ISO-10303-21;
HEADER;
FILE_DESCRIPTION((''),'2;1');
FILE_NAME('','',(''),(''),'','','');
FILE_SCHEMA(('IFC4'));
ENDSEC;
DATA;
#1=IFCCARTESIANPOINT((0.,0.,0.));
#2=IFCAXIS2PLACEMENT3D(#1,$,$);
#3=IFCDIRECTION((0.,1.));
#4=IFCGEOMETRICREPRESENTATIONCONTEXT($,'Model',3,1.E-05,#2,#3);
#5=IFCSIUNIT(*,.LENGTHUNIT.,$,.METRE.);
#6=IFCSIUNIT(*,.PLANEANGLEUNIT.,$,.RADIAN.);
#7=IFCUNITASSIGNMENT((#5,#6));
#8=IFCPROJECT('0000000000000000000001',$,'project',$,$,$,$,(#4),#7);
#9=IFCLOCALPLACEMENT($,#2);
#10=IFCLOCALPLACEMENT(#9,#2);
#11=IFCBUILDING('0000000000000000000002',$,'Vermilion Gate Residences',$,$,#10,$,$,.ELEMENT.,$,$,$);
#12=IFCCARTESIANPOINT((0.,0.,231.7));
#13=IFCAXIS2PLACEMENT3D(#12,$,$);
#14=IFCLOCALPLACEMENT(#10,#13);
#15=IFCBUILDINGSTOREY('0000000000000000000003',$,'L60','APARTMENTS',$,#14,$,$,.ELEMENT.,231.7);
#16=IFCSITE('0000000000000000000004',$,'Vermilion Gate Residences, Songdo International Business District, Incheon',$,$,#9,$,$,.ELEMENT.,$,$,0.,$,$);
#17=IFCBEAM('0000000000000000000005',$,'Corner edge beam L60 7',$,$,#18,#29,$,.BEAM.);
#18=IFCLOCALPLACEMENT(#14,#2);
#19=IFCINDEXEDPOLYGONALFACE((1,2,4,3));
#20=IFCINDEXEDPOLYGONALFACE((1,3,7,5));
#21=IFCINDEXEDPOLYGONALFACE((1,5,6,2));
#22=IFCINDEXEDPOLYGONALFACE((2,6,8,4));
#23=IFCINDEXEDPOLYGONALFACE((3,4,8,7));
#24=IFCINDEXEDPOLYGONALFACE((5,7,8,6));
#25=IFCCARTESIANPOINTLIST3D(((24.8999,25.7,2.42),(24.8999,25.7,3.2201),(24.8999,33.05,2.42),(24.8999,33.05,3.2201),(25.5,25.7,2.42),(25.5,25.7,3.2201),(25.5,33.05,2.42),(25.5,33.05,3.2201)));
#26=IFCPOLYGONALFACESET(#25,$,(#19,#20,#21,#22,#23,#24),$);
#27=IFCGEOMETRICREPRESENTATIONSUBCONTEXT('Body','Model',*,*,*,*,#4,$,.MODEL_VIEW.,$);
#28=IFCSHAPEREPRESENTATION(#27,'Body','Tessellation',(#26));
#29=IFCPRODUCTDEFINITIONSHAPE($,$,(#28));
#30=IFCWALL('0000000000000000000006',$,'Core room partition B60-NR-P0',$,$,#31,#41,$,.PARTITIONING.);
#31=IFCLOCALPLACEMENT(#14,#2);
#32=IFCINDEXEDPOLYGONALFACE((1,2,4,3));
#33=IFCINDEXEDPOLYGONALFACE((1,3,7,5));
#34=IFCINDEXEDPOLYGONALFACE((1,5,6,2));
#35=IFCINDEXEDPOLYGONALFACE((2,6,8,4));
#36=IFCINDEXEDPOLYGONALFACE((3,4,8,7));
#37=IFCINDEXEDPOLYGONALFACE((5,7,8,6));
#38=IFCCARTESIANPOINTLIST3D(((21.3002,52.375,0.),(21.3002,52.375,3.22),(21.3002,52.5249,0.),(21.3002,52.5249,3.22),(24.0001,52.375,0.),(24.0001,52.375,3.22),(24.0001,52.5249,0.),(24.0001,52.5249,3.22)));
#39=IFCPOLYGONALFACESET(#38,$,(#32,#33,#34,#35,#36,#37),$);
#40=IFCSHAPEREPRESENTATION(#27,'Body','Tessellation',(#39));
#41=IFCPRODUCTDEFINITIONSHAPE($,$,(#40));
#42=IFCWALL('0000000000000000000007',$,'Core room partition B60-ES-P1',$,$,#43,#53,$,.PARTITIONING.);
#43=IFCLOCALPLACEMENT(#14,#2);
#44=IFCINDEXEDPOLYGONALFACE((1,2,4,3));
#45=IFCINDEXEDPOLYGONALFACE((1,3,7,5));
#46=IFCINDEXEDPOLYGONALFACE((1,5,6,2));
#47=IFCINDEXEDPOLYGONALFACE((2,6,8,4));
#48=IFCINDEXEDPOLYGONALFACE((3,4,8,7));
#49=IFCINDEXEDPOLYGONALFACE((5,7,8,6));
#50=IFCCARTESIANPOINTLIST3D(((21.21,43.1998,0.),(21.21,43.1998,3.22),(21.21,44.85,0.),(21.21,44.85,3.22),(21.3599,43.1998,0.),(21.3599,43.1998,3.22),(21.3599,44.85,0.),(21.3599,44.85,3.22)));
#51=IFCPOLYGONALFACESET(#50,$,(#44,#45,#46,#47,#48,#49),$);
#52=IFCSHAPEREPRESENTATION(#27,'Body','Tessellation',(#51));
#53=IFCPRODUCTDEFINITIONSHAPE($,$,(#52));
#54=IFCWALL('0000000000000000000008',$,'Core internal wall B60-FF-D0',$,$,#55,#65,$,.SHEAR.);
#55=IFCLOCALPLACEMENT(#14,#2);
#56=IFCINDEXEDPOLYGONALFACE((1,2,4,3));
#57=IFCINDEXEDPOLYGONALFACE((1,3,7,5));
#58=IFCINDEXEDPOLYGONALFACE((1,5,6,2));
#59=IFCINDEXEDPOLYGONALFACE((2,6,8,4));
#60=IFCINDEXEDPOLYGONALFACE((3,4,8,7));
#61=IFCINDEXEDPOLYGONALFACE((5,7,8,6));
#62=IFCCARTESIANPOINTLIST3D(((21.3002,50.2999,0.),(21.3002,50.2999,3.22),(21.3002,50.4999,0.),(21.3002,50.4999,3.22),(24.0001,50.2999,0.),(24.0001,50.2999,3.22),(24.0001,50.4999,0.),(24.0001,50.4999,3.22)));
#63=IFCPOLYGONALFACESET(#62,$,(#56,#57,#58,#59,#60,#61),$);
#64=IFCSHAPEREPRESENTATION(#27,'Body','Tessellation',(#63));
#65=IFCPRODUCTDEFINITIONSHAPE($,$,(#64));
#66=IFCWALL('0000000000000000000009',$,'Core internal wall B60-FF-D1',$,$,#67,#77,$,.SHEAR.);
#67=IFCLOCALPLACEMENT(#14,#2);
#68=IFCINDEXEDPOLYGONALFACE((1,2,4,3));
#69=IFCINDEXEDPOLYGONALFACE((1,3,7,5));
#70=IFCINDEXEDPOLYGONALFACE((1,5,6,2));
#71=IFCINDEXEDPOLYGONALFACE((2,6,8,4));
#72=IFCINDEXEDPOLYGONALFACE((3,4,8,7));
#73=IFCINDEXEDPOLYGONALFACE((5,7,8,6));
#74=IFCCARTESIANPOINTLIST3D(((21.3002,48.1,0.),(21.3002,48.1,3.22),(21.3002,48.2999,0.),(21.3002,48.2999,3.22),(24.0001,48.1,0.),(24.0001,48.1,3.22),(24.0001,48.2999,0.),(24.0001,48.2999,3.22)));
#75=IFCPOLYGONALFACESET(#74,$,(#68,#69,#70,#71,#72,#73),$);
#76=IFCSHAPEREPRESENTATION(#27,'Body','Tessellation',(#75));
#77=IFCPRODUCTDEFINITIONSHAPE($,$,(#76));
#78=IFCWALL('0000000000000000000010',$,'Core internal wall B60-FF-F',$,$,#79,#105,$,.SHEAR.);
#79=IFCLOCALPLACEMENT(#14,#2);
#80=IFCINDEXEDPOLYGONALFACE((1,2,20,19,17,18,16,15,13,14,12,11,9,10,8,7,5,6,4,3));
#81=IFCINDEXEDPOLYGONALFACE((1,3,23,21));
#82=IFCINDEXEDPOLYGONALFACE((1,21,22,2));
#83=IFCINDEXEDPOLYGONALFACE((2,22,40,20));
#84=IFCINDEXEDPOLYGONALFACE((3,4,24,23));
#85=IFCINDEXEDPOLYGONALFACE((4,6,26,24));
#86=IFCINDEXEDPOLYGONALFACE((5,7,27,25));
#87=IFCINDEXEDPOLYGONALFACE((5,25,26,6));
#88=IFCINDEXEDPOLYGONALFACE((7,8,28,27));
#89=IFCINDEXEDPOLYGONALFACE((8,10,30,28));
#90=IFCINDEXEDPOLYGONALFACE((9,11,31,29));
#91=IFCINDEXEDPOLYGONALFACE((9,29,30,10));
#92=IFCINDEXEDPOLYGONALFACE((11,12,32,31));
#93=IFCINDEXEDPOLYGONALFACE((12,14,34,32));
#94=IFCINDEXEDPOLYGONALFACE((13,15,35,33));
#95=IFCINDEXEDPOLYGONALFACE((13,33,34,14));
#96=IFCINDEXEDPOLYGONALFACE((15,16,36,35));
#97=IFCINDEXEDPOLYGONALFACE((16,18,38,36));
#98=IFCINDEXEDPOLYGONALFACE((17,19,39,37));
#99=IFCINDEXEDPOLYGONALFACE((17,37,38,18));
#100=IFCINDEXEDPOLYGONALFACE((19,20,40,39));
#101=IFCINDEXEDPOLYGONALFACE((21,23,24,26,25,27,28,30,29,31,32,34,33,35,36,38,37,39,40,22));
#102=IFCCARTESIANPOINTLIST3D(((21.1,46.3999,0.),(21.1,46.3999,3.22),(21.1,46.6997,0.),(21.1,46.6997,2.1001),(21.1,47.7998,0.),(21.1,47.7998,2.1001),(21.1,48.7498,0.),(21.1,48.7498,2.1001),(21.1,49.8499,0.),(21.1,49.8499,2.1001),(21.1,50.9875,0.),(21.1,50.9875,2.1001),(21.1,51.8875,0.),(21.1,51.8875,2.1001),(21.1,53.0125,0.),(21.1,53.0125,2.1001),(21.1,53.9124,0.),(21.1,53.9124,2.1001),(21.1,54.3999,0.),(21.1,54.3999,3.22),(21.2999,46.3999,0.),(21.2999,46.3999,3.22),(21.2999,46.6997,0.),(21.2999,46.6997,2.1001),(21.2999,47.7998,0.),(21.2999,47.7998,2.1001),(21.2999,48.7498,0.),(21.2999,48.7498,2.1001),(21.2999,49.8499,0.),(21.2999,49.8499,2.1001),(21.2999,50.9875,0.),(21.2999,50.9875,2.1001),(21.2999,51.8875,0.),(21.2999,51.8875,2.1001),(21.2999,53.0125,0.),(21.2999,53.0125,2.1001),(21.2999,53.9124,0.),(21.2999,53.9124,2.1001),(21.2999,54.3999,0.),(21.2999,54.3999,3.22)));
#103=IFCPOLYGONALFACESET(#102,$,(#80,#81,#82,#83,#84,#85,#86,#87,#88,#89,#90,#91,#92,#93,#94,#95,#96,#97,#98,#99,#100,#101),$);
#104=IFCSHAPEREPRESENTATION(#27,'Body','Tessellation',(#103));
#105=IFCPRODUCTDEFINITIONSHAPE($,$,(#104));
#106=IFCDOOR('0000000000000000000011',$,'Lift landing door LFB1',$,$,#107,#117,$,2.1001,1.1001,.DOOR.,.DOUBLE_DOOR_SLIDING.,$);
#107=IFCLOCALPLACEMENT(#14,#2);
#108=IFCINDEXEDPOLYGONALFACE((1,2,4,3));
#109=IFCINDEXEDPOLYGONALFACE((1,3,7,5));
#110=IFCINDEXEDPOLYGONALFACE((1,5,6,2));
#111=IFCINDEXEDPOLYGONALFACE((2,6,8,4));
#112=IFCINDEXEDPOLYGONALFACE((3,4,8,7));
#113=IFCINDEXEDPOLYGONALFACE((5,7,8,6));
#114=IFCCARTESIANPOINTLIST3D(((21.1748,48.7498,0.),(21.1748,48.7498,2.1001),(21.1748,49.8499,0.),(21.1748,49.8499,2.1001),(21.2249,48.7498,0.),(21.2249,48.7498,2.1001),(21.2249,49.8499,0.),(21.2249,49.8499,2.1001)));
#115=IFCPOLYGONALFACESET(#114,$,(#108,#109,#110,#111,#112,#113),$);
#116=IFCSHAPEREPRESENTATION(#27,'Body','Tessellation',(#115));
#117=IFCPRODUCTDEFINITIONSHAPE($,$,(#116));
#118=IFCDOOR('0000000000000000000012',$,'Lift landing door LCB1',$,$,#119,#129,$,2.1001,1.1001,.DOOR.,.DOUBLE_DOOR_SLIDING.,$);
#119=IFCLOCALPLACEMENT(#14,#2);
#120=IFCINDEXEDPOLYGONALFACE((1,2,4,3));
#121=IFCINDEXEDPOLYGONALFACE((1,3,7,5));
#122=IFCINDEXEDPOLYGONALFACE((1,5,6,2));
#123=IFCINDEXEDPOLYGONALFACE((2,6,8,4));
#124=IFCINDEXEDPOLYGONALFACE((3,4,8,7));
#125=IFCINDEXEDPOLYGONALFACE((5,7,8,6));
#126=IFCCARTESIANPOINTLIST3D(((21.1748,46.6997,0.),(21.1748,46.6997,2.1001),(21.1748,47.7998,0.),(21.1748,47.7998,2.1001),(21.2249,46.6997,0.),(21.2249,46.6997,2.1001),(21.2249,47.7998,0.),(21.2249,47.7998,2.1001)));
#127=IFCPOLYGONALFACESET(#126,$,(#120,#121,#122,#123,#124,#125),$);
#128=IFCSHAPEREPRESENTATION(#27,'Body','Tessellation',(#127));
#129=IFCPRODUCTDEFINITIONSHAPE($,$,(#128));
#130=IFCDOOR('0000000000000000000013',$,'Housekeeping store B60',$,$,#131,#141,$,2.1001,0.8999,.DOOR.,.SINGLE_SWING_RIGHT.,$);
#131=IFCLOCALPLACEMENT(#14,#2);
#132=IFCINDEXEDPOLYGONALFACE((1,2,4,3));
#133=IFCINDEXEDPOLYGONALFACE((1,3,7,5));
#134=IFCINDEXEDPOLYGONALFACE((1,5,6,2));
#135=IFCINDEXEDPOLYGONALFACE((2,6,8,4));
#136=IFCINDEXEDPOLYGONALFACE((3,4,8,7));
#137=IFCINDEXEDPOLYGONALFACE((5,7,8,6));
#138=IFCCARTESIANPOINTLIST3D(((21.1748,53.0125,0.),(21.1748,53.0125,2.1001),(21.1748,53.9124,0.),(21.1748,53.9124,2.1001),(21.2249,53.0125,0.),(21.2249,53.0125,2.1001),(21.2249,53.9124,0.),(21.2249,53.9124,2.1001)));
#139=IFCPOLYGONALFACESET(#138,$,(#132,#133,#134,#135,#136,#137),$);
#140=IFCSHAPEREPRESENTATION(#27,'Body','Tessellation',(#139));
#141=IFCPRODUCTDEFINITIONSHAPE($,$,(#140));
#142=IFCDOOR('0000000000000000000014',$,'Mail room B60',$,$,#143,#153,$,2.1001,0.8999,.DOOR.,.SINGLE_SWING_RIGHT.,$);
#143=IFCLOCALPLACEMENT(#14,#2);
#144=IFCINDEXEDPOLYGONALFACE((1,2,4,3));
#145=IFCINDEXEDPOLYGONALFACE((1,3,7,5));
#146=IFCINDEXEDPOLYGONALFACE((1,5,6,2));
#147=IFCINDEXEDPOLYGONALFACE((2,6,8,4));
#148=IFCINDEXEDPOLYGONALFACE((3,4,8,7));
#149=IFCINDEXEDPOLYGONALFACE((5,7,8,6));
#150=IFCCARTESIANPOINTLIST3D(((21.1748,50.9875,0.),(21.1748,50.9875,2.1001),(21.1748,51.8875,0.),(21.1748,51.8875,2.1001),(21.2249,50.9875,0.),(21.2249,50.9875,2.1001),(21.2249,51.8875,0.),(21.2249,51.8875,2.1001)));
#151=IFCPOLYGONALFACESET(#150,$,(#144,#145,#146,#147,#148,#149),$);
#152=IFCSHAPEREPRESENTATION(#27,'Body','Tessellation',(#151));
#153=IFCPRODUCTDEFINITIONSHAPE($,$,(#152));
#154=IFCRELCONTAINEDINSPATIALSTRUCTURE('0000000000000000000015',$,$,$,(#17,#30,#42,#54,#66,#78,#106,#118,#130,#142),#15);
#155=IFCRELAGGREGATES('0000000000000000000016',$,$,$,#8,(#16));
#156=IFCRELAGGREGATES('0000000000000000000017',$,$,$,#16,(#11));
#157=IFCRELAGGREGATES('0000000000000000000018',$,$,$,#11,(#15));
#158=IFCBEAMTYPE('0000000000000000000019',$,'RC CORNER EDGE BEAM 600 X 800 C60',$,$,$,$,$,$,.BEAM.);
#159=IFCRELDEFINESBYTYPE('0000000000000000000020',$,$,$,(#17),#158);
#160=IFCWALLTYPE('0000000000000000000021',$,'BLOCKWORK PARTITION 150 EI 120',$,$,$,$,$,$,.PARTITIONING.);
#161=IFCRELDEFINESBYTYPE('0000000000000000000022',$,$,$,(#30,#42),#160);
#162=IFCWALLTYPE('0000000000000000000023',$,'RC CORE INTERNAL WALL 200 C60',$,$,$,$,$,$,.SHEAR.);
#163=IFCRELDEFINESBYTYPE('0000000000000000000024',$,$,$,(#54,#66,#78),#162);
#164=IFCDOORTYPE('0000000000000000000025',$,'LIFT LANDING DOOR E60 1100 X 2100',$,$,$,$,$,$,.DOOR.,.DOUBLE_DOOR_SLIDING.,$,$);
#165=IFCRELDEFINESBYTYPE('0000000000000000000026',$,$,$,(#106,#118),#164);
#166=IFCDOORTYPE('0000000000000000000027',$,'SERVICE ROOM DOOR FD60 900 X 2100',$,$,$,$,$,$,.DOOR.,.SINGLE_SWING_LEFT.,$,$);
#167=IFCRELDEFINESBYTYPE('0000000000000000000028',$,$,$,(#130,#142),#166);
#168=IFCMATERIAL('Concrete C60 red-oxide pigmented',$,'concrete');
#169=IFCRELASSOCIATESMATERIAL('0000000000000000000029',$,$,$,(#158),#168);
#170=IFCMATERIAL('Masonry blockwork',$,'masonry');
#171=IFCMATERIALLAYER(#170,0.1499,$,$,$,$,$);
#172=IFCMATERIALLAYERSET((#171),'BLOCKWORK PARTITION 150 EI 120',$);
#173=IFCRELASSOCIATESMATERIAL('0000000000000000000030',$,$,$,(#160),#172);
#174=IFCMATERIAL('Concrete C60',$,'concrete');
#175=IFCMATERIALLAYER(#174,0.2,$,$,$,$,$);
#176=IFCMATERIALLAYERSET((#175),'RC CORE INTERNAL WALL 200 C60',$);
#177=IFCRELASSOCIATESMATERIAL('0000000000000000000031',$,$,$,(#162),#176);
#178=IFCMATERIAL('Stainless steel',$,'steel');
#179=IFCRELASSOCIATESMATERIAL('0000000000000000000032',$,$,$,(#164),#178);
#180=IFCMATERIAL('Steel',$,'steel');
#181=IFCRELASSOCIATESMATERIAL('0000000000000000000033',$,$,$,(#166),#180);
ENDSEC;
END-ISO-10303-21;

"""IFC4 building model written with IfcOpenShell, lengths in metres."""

from ifc_helpers import new_model, si_unit, direction, frame, frame_2d, origin, origin_2d, place, context, subcontext, project, spatial, rectangle, extrude, material, layer, layer_set, material_profile, profile_set, type_object, element, fill, save


model = new_model("IFC4")

# Units and contexts
model_context = context("Model", 3, precision=1e-05, world=origin(), true_north=direction((0.0, 1.0)))
body_context = subcontext(model_context, "Body", "Model", "MODEL_VIEW")
ifc_project = project(units=[si_unit("LENGTHUNIT", "METRE"), si_unit("PLANEANGLEUNIT", "RADIAN")], contexts=[model_context])

# Site, building, storey
site_placement = place(None, origin())
site = spatial("IfcSite", under=ifc_project, at=site_placement, Name="Vermilion Gate Residences, Songdo International Business District, Incheon", CompositionType="ELEMENT", RefElevation=0.0)
building_placement = place(site_placement, origin())
building = spatial("IfcBuilding", under=site, at=building_placement, Name="Vermilion Gate Residences", CompositionType="ELEMENT")
storey_placement = place(building_placement, frame((0.0, 0.0, 231.7)))
storey = spatial("IfcBuildingStorey", under=building, at=storey_placement, Name="L60", Description="APARTMENTS", CompositionType="ELEMENT", Elevation=231.7)

# Beam
ifc_material_1 = material(Name="Concrete C60 red-oxide pigmented", Category="concrete")
ifc_material_profile = material_profile(ifc_material_1, rectangle(XDim=0.6001, YDim=0.8, at=origin_2d()), Name="RC-600x800")
ifc_profile_set = profile_set([ifc_material_profile], Name="Concrete C60 red-oxide pigmented")
beam_type = type_object("IfcBeamType", Name="RC CORNER EDGE BEAM 600 X 800 C60", PredefinedType="BEAM", material=ifc_profile_set)
beam_placement = place(storey_placement, frame((25.2, 25.7, 2.8201), z_axis=(0.0, 1.0, 0.0), x_axis=(-1.0, 0.0, 0.0)))
element("IfcBeam", 1, at=beam_placement, inside=storey, type_object=beam_type, Name="Corner edge beam L60 7", PredefinedType="BEAM", context=body_context, shape_type="SweptSolid", body=[
    extrude(rectangle(XDim=0.6001, YDim=0.8, at=origin_2d()), origin(), (0.0, 0.0, 1.0), 7.3501),
])

# Walls
ifc_material_2 = material(Name="Masonry blockwork", Category="masonry")
ifc_layer_1 = layer(ifc_material_2, 0.1499)
ifc_layer_set_1 = layer_set([ifc_layer_1], Name="BLOCKWORK PARTITION 150 EI 120")
wall_type_1 = type_object("IfcWallType", Name="BLOCKWORK PARTITION 150 EI 120", PredefinedType="PARTITIONING", material=ifc_layer_set_1)
wall_1_placement = place(storey_placement, frame((21.3, 52.45, 0.0), z_axis=(0.0, 0.0, 1.0), x_axis=(1.0, 0.0, 0.0)))
element("IfcWall", 2, at=wall_1_placement, inside=storey, type_object=wall_type_1, Name="Core room partition B60-NR-P0", PredefinedType="PARTITIONING", context=body_context, shape_type="SweptSolid", body=[
    extrude(rectangle(XDim=2.7, YDim=0.1499, at=frame_2d((1.3501, 0.0))), origin(), (0.0, 0.0, 1.0), 3.22),
])
wall_2_placement = place(storey_placement, frame((21.2849, 44.8501, 0.0), z_axis=(0.0, 0.0, 1.0), x_axis=(0.0, -1.0, 0.0)))
element("IfcWall", 3, at=wall_2_placement, inside=storey, type_object=wall_type_1, Name="Core room partition B60-ES-P1", PredefinedType="PARTITIONING", context=body_context, shape_type="SweptSolid", body=[
    extrude(rectangle(XDim=1.6501, YDim=0.1499, at=frame_2d((0.8252, 0.0))), origin(), (0.0, 0.0, 1.0), 3.22),
])
ifc_material_3 = material(Name="Concrete C60", Category="concrete")
ifc_layer_2 = layer(ifc_material_3, 0.2)
ifc_layer_set_2 = layer_set([ifc_layer_2], Name="RC CORE INTERNAL WALL 200 C60")
wall_type_2 = type_object("IfcWallType", Name="RC CORE INTERNAL WALL 200 C60", PredefinedType="SHEAR", material=ifc_layer_set_2)
for number, where, z_axis, x_axis, name in (
    (4, (21.3, 50.3999, 0.0), (0.0, 0.0, 1.0), (1.0, 0.0, 0.0), "Core internal wall B60-FF-D0"),
    (5, (21.3, 48.2, 0.0), (0.0, 0.0, 1.0), (1.0, 0.0, 0.0), "Core internal wall B60-FF-D1"),
):
    element("IfcWall", number, at=place(storey_placement, frame(where, z_axis=z_axis, x_axis=x_axis)), inside=storey, type_object=wall_type_2, Name=name, PredefinedType="SHEAR", context=body_context, shape_type="SweptSolid", body=[
        extrude(rectangle(XDim=2.7, YDim=0.2, at=frame_2d((1.3501, 0.0))), origin(), (0.0, 0.0, 1.0), 3.22),
    ])

# Wall, openings, doors
wall_3_placement = place(storey_placement, frame((21.2, 54.3999, 0.0), z_axis=(0.0, 0.0, 1.0), x_axis=(0.0, -1.0, 0.0)))
wall_3 = element("IfcWall", 6, at=wall_3_placement, inside=storey, type_object=wall_type_2, Name="Core internal wall B60-FF-F", PredefinedType="SHEAR", context=body_context, shape_type="SweptSolid", body=[
    extrude(rectangle(XDim=8.0, YDim=0.2, at=frame_2d((4.0, 0.0))), origin(), (0.0, 0.0, 1.0), 3.22),
])
opening_1_placement = place(wall_3_placement, frame((0.4875, 0.0, 0.0)))
opening_1 = element("IfcOpeningElement", 7, at=opening_1_placement, cuts=wall_3, PredefinedType="OPENING", context=body_context, shape_type="SweptSolid", body=[
    extrude(rectangle(XDim=0.8999, YDim=2.1001, at=frame_2d((0.45, 1.05))), frame((0.0, 0.1099, 0.0), z_axis=(0.0, -1.0, 0.0), x_axis=(1.0, 0.0, 0.0)), (0.0, 0.0, 1.0), 0.22),
])
opening_2_placement = place(wall_3_placement, frame((2.5125, 0.0, 0.0)))
opening_2 = element("IfcOpeningElement", 8, at=opening_2_placement, cuts=wall_3, PredefinedType="OPENING", context=body_context, shape_type="SweptSolid", body=[
    extrude(rectangle(XDim=0.8999, YDim=2.1001, at=frame_2d((0.45, 1.05))), frame((0.0, 0.1099, 0.0), z_axis=(0.0, -1.0, 0.0), x_axis=(1.0, 0.0, 0.0)), (0.0, 0.0, 1.0), 0.22),
])
opening_3_placement = place(wall_3_placement, frame((4.55, 0.0, 0.0)))
opening_3 = element("IfcOpeningElement", 9, at=opening_3_placement, cuts=wall_3, PredefinedType="OPENING", context=body_context, shape_type="SweptSolid", body=[
    extrude(rectangle(XDim=1.1001, YDim=2.1001, at=frame_2d((0.55, 1.05))), frame((0.0, 0.1099, 0.0), z_axis=(0.0, -1.0, 0.0), x_axis=(1.0, 0.0, 0.0)), (0.0, 0.0, 1.0), 0.22),
])
opening_4_placement = place(wall_3_placement, frame((6.6001, 0.0, 0.0)))
opening_4 = element("IfcOpeningElement", 10, at=opening_4_placement, cuts=wall_3, PredefinedType="OPENING", context=body_context, shape_type="SweptSolid", body=[
    extrude(rectangle(XDim=1.1001, YDim=2.1001, at=frame_2d((0.55, 1.05))), frame((0.0, 0.1099, 0.0), z_axis=(0.0, -1.0, 0.0), x_axis=(1.0, 0.0, 0.0)), (0.0, 0.0, 1.0), 0.22),
])
ifc_material_4 = material(Name="Stainless steel", Category="steel")
door_type_1 = type_object("IfcDoorType", Name="LIFT LANDING DOOR E60 1100 X 2100", OperationType="DOUBLE_DOOR_SLIDING", PredefinedType="DOOR", material=ifc_material_4)
door_1_placement = place(opening_3_placement, origin())
door_1 = element("IfcDoor", 11, at=door_1_placement, inside=storey, type_object=door_type_1, Name="Lift landing door LFB1", OperationType="DOUBLE_DOOR_SLIDING", OverallHeight=2.1001, OverallWidth=1.1001, PredefinedType="DOOR", context=body_context, shape_type="SweptSolid", body=[
    extrude(rectangle(XDim=1.1001, YDim=2.1001, at=frame_2d((0.55, 1.05))), frame((0.0, 0.0249, 0.0), z_axis=(0.0, -1.0, 0.0), x_axis=(1.0, 0.0, 0.0)), (0.0, 0.0, 1.0), 0.05),
])
fill(opening_3, door_1)
door_2_placement = place(opening_4_placement, origin())
door_2 = element("IfcDoor", 12, at=door_2_placement, inside=storey, type_object=door_type_1, Name="Lift landing door LCB1", OperationType="DOUBLE_DOOR_SLIDING", OverallHeight=2.1001, OverallWidth=1.1001, PredefinedType="DOOR", context=body_context, shape_type="SweptSolid", body=[
    extrude(rectangle(XDim=1.1001, YDim=2.1001, at=frame_2d((0.55, 1.05))), frame((0.0, 0.0249, 0.0), z_axis=(0.0, -1.0, 0.0), x_axis=(1.0, 0.0, 0.0)), (0.0, 0.0, 1.0), 0.05),
])
fill(opening_4, door_2)
ifc_material_5 = material(Name="Steel", Category="steel")
door_type_2 = type_object("IfcDoorType", Name="SERVICE ROOM DOOR FD60 900 X 2100", OperationType="SINGLE_SWING_LEFT", PredefinedType="DOOR", material=ifc_material_5)
door_3_placement = place(opening_1_placement, origin())
door_3 = element("IfcDoor", 13, at=door_3_placement, inside=storey, type_object=door_type_2, Name="Housekeeping store B60", OperationType="SINGLE_SWING_RIGHT", OverallHeight=2.1001, OverallWidth=0.8999, PredefinedType="DOOR", context=body_context, shape_type="SweptSolid", body=[
    extrude(rectangle(XDim=0.8999, YDim=2.1001, at=frame_2d((0.45, 1.05))), frame((0.0, 0.0249, 0.0), z_axis=(0.0, -1.0, 0.0), x_axis=(1.0, 0.0, 0.0)), (0.0, 0.0, 1.0), 0.05),
])
fill(opening_1, door_3)
door_4_placement = place(opening_2_placement, origin())
door_4 = element("IfcDoor", 14, at=door_4_placement, inside=storey, type_object=door_type_2, Name="Mail room B60", OperationType="SINGLE_SWING_RIGHT", OverallHeight=2.1001, OverallWidth=0.8999, PredefinedType="DOOR", context=body_context, shape_type="SweptSolid", body=[
    extrude(rectangle(XDim=0.8999, YDim=2.1001, at=frame_2d((0.45, 1.05))), frame((0.0, 0.0249, 0.0), z_axis=(0.0, -1.0, 0.0), x_axis=(1.0, 0.0, 0.0)), (0.0, 0.0, 1.0), 0.05),
])
fill(opening_2, door_4)

save(model, "model.ifc")
